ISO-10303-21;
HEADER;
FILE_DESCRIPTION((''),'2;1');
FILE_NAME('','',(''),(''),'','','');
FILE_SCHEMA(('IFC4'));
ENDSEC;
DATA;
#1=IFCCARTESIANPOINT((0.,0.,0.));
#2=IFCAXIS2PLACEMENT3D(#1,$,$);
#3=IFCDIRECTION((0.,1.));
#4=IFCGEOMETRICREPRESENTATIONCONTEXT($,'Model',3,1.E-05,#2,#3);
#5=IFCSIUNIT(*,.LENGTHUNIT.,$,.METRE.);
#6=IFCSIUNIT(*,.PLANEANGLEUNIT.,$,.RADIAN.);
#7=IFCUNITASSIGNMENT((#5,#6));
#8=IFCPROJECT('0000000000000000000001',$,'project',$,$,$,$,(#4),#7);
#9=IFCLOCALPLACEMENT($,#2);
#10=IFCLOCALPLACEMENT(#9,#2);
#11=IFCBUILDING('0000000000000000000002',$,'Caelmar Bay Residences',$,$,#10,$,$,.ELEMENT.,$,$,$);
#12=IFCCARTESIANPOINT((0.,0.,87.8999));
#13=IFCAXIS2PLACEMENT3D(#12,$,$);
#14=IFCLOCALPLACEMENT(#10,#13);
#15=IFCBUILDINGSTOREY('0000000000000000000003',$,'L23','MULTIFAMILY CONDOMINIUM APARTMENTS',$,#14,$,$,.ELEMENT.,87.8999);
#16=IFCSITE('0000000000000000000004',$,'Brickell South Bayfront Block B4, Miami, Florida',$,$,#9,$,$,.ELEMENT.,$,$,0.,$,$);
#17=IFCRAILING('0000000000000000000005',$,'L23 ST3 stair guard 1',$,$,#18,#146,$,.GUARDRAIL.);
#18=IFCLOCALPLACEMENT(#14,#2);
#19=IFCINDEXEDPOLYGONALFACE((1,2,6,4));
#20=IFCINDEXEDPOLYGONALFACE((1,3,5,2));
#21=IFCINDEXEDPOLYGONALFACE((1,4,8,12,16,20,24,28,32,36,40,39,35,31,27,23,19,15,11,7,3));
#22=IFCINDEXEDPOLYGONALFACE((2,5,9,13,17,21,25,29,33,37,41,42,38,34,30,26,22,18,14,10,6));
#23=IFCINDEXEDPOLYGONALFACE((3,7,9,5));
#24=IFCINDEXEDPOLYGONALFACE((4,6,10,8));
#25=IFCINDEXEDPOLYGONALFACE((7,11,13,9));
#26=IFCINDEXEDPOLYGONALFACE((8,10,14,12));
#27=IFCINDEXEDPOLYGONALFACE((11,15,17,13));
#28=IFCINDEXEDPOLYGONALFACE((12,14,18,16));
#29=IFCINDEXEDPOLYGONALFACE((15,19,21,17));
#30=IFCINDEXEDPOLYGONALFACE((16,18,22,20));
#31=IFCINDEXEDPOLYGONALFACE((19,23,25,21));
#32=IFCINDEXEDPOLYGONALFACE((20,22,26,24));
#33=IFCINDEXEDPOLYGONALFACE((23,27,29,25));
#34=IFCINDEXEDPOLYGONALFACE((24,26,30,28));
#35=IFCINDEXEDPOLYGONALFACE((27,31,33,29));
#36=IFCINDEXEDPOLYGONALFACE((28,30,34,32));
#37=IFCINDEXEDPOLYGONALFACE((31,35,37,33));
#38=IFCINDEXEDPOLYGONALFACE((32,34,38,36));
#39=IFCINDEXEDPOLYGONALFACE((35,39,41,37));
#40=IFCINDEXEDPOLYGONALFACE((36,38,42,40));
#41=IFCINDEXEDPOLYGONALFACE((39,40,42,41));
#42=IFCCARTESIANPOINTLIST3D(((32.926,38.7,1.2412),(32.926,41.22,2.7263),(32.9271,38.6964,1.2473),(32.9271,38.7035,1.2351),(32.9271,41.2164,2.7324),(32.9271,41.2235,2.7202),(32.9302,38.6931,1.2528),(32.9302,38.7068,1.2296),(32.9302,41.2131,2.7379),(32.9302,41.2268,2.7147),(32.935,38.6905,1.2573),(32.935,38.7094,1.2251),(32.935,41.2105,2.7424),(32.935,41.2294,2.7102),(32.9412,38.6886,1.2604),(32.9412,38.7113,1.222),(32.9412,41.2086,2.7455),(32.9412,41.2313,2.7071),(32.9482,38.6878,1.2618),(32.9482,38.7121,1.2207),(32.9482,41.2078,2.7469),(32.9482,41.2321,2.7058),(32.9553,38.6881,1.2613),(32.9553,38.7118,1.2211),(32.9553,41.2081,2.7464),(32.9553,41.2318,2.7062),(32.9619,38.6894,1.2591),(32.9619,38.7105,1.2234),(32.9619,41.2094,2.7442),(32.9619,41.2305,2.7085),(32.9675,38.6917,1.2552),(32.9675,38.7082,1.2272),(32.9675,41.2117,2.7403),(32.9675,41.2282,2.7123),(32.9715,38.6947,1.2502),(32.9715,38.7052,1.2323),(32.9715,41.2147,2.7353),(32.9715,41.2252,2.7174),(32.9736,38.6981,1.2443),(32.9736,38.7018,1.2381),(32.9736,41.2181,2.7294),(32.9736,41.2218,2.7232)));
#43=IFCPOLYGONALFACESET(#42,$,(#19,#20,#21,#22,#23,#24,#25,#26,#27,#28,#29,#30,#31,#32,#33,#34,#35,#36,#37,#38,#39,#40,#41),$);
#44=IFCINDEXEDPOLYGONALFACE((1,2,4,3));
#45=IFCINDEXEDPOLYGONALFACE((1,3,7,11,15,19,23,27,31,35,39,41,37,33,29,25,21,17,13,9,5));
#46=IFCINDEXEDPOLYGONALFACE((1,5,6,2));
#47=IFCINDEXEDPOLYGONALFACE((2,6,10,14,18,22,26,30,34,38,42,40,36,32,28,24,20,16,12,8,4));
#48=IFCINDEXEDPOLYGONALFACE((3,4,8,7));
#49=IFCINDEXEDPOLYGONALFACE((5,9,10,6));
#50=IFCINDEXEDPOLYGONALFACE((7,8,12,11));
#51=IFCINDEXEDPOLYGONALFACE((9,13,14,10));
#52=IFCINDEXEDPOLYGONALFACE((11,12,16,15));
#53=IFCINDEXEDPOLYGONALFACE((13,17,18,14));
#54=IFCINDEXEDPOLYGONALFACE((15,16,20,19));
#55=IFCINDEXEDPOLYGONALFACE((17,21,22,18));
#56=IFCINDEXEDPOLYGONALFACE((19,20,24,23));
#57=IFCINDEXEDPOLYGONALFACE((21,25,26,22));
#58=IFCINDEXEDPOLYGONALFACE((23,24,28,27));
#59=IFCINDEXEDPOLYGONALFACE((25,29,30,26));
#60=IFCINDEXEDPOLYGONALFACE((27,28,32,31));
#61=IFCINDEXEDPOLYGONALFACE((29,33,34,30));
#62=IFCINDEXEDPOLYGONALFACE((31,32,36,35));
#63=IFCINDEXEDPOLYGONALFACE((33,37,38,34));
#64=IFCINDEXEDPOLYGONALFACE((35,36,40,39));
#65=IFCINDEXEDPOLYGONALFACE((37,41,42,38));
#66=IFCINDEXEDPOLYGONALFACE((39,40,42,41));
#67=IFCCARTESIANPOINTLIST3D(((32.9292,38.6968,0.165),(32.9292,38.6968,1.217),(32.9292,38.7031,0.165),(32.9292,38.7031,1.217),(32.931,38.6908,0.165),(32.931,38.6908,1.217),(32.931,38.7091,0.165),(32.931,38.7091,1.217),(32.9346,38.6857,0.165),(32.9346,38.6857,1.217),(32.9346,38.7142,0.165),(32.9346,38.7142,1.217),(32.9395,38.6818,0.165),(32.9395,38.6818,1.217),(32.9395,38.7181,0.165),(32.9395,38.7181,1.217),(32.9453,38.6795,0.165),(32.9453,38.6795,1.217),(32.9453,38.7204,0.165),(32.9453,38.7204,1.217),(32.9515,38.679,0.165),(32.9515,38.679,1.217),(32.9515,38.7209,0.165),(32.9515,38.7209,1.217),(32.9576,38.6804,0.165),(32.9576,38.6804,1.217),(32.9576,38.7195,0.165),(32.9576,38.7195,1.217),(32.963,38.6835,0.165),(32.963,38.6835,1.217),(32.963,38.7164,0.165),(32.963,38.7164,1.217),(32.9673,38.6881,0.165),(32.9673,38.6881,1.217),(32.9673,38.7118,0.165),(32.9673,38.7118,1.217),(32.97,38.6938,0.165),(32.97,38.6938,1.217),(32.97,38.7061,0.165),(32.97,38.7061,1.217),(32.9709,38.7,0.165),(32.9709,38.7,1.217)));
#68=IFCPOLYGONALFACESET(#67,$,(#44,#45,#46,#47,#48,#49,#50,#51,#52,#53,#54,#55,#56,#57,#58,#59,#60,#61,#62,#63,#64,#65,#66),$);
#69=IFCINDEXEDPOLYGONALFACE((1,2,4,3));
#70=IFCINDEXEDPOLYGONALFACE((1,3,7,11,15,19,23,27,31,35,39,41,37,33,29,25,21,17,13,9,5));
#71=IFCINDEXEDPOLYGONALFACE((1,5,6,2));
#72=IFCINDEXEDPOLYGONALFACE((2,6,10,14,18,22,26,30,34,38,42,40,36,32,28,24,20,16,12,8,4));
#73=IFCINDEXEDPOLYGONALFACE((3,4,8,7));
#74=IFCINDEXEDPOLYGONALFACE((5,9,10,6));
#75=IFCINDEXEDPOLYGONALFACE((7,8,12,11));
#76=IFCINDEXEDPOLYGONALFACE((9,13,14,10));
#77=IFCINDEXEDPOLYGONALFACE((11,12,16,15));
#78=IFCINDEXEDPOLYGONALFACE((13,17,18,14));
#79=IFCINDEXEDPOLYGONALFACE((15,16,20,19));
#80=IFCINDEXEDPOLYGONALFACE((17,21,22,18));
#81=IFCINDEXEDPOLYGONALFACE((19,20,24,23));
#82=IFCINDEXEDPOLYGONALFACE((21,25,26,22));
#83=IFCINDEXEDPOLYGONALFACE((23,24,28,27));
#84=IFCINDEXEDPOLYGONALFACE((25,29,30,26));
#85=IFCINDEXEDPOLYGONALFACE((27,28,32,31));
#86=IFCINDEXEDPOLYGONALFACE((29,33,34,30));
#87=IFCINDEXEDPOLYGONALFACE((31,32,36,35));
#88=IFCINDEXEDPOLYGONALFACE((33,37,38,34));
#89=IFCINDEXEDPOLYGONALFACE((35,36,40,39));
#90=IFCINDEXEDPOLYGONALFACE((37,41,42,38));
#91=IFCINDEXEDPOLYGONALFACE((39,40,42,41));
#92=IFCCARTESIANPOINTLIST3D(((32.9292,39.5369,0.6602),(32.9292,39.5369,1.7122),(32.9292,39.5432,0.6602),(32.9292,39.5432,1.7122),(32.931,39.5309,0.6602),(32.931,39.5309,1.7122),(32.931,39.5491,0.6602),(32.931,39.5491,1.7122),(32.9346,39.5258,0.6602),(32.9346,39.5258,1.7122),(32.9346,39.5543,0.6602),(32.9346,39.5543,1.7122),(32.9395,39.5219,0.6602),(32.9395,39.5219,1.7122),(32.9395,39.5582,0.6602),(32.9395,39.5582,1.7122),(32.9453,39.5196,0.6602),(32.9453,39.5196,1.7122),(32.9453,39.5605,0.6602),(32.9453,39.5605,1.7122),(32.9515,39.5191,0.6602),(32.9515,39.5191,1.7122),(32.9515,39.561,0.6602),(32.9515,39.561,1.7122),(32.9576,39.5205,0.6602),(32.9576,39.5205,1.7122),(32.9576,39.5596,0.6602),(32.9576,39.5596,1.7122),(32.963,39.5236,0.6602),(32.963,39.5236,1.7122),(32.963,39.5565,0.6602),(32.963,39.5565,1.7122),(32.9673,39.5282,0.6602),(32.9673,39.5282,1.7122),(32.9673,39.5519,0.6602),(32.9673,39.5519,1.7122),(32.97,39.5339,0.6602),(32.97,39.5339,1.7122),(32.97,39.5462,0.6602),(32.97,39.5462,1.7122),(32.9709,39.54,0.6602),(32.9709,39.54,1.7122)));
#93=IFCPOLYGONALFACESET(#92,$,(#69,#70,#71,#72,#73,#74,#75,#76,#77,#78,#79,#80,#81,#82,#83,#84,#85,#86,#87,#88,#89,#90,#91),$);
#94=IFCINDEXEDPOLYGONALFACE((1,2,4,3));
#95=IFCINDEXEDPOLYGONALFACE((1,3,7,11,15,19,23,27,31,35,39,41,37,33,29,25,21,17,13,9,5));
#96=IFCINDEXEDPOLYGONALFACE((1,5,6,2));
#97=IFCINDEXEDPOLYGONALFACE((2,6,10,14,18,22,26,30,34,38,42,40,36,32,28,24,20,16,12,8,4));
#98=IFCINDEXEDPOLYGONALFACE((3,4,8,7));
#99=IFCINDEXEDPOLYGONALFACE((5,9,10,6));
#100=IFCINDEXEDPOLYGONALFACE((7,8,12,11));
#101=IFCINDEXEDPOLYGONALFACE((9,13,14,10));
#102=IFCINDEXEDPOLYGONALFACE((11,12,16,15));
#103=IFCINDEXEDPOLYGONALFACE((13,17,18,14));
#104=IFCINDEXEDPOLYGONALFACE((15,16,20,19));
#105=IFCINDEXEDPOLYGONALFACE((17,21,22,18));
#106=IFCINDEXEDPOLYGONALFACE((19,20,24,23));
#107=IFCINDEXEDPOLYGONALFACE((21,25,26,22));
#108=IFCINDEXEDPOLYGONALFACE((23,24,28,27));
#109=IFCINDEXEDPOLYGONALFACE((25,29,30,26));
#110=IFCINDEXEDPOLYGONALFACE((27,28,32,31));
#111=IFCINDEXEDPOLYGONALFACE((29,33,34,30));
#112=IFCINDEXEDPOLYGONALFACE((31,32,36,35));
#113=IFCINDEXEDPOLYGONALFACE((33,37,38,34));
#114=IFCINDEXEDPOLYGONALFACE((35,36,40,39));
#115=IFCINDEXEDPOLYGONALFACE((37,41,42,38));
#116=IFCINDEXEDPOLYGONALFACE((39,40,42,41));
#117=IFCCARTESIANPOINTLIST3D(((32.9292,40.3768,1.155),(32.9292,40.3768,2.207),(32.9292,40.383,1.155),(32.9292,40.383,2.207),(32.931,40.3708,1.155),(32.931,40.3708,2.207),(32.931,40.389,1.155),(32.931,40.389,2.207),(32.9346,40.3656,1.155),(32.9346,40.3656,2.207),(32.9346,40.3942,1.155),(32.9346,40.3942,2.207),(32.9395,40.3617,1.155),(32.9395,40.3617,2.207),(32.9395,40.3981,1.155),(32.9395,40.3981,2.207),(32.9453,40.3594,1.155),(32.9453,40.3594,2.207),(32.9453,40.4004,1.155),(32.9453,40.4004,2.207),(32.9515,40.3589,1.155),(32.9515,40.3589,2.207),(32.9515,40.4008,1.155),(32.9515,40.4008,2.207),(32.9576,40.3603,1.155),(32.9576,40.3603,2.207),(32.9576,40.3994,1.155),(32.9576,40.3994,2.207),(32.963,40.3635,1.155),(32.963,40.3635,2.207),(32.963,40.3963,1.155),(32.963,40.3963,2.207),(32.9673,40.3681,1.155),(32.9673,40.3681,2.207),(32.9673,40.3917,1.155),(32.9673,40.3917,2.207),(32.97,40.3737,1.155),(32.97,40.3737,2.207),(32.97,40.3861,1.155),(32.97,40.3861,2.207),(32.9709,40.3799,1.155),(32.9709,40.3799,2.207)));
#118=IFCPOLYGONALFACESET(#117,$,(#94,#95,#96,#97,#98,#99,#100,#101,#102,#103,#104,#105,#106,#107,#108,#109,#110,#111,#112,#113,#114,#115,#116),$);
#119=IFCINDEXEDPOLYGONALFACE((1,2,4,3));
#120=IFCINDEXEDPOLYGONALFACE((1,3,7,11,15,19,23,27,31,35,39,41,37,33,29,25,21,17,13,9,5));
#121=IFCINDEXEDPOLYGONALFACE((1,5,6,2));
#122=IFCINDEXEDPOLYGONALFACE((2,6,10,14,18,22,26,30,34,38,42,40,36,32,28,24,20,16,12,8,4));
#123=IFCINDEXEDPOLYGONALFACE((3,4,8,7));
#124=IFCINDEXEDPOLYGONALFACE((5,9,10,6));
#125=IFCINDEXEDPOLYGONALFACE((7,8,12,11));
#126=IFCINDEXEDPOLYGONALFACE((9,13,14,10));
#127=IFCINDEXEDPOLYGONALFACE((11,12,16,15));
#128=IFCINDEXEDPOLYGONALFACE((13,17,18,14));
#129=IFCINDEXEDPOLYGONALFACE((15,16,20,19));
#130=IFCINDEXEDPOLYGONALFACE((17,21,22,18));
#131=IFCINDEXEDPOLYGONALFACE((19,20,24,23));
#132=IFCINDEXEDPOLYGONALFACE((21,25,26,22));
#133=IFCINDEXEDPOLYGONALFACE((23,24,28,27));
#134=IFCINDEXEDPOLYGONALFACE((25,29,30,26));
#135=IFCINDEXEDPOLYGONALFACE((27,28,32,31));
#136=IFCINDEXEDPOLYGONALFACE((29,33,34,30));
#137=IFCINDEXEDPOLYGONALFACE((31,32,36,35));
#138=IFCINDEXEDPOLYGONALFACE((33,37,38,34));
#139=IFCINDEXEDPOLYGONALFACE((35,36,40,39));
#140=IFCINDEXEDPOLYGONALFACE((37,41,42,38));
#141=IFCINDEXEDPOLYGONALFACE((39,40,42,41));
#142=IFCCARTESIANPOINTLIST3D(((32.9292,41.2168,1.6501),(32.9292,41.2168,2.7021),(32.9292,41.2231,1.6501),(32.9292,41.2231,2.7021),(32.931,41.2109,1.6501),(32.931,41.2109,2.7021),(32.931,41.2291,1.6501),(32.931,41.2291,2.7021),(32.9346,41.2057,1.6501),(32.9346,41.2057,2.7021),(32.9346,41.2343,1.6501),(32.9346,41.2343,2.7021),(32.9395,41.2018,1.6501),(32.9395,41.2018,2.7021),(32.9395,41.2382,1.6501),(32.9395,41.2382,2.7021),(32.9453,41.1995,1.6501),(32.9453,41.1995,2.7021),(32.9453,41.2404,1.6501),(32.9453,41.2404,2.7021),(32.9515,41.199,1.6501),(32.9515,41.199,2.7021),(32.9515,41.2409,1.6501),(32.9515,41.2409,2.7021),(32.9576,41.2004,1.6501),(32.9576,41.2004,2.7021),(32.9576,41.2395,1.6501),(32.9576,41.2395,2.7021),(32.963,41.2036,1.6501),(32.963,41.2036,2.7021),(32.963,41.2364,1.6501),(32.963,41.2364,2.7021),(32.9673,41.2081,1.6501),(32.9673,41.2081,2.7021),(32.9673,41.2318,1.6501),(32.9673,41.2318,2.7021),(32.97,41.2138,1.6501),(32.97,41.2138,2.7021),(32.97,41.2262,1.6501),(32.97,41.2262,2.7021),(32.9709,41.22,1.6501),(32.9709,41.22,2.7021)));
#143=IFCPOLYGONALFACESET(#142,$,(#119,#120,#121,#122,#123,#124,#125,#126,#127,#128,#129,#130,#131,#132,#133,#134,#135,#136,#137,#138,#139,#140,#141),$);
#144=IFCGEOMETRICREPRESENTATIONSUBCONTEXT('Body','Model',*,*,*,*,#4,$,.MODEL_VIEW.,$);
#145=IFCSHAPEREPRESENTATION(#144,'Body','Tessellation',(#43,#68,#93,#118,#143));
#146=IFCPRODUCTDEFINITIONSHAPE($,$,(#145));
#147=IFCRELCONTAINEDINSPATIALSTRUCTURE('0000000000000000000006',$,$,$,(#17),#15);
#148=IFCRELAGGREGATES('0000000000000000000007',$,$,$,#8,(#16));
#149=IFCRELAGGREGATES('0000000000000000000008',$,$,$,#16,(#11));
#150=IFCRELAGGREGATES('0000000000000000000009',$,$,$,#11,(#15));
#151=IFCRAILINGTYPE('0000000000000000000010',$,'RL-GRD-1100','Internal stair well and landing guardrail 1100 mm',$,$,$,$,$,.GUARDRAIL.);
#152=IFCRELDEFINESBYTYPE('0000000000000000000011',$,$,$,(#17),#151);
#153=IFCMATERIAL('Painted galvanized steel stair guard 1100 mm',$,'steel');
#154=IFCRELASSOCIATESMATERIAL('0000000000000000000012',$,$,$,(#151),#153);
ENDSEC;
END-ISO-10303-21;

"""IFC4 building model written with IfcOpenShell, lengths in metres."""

from ifc_helpers import new_model, si_unit, direction, frame, origin, origin_2d, place, context, subcontext, project, spatial, circle, extrude, material, type_object, element, save


model = new_model("IFC4")

# Units and contexts
model_context = context("Model", 3, precision=1e-05, world=origin(), true_north=direction((0.0, 1.0)))
body_context = subcontext(model_context, "Body", "Model", "MODEL_VIEW")
ifc_project = project(units=[si_unit("LENGTHUNIT", "METRE"), si_unit("PLANEANGLEUNIT", "RADIAN")], contexts=[model_context])

# Site, building, storey
site_placement = place(None, origin())
site = spatial("IfcSite", under=ifc_project, at=site_placement, Name="Brickell South Bayfront Block B4, Miami, Florida", CompositionType="ELEMENT", RefElevation=0.0)
building_placement = place(site_placement, origin())
building = spatial("IfcBuilding", under=site, at=building_placement, Name="Caelmar Bay Residences", CompositionType="ELEMENT")
storey_placement = place(building_placement, frame((0.0, 0.0, 87.8999)))
storey = spatial("IfcBuildingStorey", under=building, at=storey_placement, Name="L23", Description="MULTIFAMILY CONDOMINIUM APARTMENTS", CompositionType="ELEMENT", Elevation=87.8999)

# Railing
ifc_material_1 = material(Name="Painted galvanized steel stair guard 1100 mm", Category="steel")
railing_type_1 = type_object("IfcRailingType", Name="RL-GRD-1100", Description="Internal stair well and landing guardrail 1100 mm", PredefinedType="GUARDRAIL", material=ifc_material_1)
railing_1_placement = place(storey_placement, frame((32.95, 38.7, 0.165)))
element("IfcRailing", 1, at=railing_1_placement, inside=storey, type_object=railing_type_1, Name="L23 ST3 stair guard 1", PredefinedType="GUARDRAIL", context=body_context, shape_type="SweptSolid", body=[
    extrude(circle(Radius=0.0239, at=origin_2d()), frame((0.0, 0.0, 1.0762), z_axis=(0.0, 0.861524, 0.507717), x_axis=(-1.0, 0.0, 0.0)), (0.0, 0.0, 1.0), 2.925),
    extrude(circle(Radius=0.021, at=origin_2d()), origin(), (0.0, 0.0, 1.0), 1.052),
    extrude(circle(Radius=0.021, at=origin_2d()), frame((0.0, 0.8401, 0.4951)), (0.0, 0.0, 1.0), 1.052),
    extrude(circle(Radius=0.021, at=origin_2d()), frame((0.0, 1.6799, 0.99)), (0.0, 0.0, 1.0), 1.052),
    extrude(circle(Radius=0.021, at=origin_2d()), frame((0.0, 2.52, 1.4851)), (0.0, 0.0, 1.0), 1.052),
])

save(model, "model.ifc")
